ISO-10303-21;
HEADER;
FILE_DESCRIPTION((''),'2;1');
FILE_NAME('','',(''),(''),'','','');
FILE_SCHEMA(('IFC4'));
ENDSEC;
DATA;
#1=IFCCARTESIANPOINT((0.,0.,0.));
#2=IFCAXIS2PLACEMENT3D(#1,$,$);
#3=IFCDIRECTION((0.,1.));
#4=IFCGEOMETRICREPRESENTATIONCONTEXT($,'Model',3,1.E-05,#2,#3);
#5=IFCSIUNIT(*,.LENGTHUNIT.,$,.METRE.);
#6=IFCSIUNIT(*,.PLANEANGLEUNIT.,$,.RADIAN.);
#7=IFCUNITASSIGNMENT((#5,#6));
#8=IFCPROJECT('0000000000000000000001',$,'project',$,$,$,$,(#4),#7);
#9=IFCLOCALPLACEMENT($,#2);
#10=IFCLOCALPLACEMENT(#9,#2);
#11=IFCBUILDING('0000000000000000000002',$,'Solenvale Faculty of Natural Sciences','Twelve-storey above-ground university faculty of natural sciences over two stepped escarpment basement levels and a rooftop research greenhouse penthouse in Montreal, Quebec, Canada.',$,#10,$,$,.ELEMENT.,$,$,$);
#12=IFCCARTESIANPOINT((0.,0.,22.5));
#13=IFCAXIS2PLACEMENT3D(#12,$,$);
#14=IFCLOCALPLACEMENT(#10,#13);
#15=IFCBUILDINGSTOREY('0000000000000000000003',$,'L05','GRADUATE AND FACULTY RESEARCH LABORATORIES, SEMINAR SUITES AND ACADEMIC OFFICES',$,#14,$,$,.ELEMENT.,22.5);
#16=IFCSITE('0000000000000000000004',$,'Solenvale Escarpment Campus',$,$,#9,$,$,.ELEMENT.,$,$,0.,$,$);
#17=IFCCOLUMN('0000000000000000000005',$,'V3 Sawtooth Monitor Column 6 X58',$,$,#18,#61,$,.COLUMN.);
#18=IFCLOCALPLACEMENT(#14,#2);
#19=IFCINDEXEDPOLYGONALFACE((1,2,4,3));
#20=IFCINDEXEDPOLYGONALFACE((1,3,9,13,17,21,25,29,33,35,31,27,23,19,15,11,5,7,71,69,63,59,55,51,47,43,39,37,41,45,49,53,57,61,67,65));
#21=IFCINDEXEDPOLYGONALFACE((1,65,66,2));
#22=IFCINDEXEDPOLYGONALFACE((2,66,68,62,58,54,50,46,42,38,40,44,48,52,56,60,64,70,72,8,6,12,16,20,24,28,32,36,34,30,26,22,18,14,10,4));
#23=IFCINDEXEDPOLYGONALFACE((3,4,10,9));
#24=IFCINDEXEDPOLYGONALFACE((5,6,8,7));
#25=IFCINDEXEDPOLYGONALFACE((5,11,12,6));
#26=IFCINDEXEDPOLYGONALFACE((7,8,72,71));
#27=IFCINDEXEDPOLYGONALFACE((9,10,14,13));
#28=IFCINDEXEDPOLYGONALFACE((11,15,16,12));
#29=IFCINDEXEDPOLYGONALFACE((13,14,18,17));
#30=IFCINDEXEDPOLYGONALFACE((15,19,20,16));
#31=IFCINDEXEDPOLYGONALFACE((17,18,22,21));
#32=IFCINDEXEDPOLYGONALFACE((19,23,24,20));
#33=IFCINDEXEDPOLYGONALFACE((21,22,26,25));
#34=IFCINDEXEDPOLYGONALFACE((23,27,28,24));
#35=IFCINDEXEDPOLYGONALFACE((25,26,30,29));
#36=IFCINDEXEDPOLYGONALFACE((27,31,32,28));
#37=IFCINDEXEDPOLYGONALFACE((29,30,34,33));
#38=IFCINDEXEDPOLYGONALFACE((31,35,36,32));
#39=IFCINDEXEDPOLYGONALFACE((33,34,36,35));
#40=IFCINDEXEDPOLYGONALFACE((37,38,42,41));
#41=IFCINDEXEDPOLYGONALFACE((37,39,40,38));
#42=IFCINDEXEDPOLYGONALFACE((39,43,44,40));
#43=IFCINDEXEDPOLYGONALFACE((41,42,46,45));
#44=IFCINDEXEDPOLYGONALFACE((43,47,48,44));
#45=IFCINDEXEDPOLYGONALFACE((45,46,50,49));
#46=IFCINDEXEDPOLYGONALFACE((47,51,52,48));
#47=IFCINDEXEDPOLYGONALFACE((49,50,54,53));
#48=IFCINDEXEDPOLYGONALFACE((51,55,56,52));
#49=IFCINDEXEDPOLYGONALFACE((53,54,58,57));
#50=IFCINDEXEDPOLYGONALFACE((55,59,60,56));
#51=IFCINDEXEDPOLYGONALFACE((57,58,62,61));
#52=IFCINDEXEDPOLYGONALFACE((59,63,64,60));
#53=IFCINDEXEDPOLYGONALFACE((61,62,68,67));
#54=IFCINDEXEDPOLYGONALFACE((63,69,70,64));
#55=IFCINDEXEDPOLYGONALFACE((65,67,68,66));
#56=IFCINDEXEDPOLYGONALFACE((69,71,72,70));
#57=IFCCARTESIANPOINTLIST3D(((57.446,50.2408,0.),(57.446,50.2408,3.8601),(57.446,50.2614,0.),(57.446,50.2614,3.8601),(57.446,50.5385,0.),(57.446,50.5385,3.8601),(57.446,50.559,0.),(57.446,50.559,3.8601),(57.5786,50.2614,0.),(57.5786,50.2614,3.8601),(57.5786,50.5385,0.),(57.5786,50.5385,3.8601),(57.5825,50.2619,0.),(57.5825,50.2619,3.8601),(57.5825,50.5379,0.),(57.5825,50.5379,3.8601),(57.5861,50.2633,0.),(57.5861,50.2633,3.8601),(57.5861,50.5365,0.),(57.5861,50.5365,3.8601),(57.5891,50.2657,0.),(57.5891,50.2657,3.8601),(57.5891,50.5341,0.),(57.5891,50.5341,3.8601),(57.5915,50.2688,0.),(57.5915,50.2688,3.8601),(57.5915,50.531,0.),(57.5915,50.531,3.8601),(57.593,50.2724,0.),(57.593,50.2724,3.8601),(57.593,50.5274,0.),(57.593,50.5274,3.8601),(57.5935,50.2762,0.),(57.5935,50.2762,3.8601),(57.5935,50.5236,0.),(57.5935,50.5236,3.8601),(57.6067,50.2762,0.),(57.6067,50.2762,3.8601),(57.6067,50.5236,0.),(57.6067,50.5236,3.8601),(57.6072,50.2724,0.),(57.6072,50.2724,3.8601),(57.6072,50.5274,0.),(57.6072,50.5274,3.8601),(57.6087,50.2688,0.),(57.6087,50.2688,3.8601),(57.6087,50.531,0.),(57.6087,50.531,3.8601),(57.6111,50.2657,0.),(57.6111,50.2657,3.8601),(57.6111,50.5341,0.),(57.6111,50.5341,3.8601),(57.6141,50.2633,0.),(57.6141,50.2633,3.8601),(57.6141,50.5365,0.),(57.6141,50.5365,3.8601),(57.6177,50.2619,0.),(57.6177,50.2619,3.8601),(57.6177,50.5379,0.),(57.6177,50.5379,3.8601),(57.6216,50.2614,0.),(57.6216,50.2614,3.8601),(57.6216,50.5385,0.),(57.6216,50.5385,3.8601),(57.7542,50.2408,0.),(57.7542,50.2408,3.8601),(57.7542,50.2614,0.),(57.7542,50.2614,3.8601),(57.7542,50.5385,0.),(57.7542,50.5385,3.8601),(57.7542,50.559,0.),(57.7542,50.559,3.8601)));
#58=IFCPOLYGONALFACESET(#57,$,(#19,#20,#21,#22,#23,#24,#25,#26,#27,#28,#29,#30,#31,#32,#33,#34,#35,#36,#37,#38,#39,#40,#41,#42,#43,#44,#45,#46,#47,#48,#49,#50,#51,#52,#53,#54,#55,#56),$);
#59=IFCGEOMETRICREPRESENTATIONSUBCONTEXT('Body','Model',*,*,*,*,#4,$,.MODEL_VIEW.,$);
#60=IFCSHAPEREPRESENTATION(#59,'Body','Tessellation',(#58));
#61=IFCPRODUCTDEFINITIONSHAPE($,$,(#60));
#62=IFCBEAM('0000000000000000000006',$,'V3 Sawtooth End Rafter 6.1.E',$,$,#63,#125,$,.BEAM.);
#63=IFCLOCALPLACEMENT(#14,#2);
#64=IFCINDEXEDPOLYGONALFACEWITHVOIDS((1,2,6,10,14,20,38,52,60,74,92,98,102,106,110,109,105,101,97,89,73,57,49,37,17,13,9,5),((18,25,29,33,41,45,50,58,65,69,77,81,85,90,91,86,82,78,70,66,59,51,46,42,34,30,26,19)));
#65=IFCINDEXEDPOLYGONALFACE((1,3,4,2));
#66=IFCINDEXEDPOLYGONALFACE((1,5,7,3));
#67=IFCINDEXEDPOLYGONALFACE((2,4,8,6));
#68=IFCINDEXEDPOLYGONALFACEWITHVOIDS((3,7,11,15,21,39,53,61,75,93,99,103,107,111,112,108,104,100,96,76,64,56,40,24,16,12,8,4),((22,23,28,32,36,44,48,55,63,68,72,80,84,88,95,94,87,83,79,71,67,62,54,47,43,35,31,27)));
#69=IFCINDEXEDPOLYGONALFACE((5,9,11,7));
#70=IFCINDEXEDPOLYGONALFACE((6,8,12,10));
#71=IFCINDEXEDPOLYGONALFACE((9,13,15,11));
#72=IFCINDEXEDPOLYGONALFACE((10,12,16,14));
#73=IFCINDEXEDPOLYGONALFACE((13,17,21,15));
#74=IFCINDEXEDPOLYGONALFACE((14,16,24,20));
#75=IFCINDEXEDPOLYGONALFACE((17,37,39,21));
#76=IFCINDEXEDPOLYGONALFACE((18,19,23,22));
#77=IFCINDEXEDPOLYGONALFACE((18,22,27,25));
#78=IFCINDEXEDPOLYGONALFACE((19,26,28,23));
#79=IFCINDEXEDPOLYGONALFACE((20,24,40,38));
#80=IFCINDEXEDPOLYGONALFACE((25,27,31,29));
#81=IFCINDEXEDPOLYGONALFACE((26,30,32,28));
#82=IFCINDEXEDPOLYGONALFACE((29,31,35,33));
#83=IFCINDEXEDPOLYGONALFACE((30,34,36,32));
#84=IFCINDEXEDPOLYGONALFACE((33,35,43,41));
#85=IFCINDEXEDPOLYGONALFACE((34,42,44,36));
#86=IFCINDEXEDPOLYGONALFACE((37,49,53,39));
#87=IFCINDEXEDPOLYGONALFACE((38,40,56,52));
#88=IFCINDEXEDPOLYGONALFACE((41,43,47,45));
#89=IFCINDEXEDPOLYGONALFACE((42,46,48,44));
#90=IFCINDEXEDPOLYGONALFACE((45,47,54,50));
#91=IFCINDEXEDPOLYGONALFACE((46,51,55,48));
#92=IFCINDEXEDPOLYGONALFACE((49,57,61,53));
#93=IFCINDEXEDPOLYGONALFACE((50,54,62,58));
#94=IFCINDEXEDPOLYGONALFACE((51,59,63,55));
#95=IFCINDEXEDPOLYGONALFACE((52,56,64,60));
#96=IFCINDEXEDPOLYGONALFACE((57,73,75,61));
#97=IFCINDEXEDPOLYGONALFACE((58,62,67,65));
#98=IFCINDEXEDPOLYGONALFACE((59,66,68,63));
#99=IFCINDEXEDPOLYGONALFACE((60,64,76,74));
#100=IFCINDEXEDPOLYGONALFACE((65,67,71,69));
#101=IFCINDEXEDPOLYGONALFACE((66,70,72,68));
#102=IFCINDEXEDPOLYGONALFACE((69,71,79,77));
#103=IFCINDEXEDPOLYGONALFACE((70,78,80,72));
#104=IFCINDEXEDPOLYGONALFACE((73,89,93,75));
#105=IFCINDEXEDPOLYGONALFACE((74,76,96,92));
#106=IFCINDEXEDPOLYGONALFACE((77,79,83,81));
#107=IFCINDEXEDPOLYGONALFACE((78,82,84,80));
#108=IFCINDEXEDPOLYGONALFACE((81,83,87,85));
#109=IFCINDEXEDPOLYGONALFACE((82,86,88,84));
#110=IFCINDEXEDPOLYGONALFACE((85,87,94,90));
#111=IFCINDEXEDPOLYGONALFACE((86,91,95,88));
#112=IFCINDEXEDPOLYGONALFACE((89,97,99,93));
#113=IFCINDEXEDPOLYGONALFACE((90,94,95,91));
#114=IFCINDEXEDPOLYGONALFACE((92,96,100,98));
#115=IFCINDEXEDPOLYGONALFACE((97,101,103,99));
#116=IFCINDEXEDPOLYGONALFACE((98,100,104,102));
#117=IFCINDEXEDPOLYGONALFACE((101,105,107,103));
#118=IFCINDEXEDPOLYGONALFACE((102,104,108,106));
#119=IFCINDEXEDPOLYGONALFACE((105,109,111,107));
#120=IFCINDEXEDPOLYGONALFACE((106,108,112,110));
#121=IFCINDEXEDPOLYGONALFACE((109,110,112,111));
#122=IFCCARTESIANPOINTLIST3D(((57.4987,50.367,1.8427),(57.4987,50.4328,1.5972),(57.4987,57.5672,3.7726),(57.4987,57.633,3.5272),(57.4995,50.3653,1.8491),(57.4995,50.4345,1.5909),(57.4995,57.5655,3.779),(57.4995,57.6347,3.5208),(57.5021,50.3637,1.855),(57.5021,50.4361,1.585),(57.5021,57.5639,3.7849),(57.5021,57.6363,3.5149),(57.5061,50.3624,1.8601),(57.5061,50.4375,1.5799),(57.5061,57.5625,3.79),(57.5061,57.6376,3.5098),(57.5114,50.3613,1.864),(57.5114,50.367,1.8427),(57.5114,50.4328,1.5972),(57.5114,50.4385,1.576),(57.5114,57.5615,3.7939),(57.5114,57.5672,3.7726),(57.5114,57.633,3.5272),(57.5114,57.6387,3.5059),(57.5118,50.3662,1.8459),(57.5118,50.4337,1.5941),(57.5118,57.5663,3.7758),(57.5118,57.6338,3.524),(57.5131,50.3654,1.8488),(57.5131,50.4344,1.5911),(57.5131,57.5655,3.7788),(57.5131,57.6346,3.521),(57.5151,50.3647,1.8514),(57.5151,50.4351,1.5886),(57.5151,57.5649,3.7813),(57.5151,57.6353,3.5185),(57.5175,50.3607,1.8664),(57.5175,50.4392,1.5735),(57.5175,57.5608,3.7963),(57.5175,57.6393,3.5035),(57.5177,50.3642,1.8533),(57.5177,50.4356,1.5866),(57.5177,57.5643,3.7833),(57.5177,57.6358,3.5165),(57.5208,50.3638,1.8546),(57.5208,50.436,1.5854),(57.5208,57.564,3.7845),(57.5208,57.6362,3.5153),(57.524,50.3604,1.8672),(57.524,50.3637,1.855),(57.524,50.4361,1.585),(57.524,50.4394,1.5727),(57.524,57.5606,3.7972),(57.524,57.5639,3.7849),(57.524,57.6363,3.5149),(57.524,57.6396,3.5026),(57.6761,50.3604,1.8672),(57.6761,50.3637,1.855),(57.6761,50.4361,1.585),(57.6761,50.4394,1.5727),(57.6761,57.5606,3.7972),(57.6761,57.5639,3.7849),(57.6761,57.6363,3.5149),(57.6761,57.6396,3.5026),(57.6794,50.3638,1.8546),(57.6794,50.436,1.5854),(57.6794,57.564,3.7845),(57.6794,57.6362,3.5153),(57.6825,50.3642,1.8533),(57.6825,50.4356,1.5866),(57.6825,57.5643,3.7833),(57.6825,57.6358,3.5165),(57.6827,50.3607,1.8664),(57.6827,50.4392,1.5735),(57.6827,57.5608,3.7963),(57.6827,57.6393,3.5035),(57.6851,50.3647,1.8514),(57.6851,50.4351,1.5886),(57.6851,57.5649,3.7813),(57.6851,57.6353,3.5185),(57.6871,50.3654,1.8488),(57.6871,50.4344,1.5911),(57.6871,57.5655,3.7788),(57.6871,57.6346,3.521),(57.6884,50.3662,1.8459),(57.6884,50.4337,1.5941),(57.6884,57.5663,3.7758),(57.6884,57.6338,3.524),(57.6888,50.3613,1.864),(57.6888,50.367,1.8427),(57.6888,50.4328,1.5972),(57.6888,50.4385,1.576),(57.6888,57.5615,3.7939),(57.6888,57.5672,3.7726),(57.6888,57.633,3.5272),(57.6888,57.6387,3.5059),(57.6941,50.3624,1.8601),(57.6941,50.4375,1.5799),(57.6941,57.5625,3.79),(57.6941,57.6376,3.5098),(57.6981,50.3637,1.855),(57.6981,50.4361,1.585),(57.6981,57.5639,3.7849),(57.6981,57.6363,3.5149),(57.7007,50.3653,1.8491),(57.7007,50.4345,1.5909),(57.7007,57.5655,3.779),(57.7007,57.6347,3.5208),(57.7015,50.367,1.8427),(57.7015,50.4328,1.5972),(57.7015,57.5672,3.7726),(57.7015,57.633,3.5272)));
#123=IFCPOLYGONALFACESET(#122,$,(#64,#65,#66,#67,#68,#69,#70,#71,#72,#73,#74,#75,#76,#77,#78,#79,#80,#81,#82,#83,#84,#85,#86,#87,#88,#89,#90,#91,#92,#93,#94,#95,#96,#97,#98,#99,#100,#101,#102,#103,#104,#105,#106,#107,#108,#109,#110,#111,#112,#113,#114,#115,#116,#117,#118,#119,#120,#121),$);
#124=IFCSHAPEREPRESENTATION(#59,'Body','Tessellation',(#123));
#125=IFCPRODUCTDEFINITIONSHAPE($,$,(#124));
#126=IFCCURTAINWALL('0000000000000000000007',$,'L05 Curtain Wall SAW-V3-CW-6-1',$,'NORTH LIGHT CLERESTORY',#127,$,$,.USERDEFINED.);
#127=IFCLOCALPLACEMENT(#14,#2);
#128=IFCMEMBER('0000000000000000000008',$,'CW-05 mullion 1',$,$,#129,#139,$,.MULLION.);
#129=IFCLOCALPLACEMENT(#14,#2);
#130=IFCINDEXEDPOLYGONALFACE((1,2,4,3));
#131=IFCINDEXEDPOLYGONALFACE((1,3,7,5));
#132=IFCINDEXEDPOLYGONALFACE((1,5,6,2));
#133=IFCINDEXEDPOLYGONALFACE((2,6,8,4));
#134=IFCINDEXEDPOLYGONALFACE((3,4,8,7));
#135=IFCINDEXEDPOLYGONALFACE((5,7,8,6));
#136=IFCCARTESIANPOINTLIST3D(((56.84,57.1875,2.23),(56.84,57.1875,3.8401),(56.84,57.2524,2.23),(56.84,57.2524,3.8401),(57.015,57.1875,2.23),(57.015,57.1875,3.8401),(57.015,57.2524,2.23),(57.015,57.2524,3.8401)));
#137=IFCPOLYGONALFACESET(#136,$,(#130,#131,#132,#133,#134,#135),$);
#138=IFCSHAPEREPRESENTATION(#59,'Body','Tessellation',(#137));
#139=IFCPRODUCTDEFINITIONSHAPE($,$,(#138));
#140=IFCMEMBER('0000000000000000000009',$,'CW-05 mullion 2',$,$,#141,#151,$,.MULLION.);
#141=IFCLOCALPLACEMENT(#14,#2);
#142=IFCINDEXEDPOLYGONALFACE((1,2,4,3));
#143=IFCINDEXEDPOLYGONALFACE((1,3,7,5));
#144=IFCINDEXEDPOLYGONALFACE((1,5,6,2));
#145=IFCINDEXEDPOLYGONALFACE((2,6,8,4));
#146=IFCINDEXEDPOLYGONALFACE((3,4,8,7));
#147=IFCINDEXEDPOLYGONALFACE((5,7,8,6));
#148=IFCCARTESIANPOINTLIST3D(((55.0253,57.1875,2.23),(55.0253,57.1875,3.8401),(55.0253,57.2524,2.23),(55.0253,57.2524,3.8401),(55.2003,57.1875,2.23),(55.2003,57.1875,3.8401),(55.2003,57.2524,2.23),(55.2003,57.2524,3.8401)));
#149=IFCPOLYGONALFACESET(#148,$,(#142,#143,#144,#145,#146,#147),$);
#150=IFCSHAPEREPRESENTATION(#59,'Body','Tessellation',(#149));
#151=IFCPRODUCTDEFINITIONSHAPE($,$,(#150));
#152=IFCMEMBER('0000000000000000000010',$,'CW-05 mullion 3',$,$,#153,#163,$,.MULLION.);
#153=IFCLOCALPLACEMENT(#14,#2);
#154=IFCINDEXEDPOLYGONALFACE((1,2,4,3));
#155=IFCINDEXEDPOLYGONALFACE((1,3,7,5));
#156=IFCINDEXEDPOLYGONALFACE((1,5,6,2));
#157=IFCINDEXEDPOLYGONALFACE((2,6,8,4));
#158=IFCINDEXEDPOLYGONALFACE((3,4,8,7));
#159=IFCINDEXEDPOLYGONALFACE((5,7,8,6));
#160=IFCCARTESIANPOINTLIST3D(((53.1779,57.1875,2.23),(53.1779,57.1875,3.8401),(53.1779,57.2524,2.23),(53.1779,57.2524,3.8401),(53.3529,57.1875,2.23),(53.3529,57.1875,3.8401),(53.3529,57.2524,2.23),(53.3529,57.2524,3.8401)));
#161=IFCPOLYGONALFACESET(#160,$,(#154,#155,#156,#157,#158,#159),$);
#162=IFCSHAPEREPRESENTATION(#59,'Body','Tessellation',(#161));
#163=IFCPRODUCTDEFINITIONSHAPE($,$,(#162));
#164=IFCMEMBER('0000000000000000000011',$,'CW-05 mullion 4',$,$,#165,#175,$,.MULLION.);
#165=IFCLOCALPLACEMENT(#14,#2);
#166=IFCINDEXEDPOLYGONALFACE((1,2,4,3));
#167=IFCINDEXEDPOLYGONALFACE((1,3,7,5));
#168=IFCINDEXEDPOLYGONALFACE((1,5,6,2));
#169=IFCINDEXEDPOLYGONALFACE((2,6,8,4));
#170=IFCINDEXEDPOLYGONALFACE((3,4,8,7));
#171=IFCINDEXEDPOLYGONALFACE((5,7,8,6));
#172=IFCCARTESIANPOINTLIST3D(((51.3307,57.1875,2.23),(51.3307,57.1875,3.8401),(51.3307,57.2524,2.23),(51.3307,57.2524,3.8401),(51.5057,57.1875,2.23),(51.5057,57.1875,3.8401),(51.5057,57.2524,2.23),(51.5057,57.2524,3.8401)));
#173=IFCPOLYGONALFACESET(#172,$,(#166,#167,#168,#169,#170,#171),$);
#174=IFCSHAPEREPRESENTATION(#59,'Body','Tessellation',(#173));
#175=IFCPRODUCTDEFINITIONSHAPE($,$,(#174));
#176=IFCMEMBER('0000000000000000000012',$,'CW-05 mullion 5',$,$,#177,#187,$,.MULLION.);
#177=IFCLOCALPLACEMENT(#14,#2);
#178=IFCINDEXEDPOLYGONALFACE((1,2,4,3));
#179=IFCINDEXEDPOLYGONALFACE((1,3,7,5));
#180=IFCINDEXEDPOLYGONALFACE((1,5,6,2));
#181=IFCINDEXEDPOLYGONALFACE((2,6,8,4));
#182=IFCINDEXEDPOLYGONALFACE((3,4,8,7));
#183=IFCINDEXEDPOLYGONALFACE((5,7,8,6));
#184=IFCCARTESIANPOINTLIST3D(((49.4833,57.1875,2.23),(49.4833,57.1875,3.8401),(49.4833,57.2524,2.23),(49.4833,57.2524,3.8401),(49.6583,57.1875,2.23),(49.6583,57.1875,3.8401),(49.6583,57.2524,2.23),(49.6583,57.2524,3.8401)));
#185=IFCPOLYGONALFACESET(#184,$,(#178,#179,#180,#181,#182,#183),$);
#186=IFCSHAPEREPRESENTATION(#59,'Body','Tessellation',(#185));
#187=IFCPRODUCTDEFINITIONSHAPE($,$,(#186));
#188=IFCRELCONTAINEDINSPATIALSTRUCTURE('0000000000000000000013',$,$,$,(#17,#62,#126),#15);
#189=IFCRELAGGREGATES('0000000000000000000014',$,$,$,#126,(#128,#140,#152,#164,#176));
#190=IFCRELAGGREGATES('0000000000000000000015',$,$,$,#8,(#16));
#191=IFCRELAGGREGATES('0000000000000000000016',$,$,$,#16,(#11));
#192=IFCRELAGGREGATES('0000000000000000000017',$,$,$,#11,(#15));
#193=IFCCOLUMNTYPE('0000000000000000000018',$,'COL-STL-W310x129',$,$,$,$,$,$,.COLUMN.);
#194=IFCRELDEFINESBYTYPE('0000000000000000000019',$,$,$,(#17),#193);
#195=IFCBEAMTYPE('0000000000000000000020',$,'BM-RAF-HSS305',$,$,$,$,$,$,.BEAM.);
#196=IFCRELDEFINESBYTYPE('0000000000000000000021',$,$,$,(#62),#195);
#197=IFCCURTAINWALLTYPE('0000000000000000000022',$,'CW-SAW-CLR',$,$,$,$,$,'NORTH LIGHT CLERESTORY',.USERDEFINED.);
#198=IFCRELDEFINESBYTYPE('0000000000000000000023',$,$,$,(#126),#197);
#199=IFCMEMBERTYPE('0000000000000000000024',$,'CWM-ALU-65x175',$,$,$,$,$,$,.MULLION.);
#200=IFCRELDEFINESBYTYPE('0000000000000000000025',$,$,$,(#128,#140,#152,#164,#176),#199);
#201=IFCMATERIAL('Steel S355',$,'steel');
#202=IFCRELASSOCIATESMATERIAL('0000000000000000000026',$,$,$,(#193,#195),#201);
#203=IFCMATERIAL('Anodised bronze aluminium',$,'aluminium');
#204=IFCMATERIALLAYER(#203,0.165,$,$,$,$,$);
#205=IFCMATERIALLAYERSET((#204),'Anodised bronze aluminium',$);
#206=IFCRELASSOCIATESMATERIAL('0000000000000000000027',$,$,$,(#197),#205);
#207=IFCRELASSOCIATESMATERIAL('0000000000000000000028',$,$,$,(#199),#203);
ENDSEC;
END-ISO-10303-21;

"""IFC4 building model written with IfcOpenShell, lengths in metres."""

from ifc_helpers import new_model, si_unit, direction, frame, origin, origin_2d, place, context, subcontext, project, spatial, rectangle, hollow_rectangle, i_section, extrude, material, layer, layer_set, material_profile, profile_set, type_object, element, aggregate, save


model = new_model("IFC4")

# Units and contexts
model_context = context("Model", 3, precision=1e-05, world=origin(), true_north=direction((0.0, 1.0)))
body_context = subcontext(model_context, "Body", "Model", "MODEL_VIEW")
ifc_project = project(units=[si_unit("LENGTHUNIT", "METRE"), si_unit("PLANEANGLEUNIT", "RADIAN")], contexts=[model_context])

# Site, building, storey
site_placement = place(None, origin())
site = spatial("IfcSite", under=ifc_project, at=site_placement, Name="Solenvale Escarpment Campus", CompositionType="ELEMENT", RefElevation=0.0)
building_placement = place(site_placement, origin())
building = spatial("IfcBuilding", under=site, at=building_placement, Name="Solenvale Faculty of Natural Sciences", Description="Twelve-storey above-ground university faculty of natural sciences over two stepped escarpment basement levels and a rooftop research greenhouse penthouse in Montreal, Quebec, Canada.", CompositionType="ELEMENT")
storey_placement = place(building_placement, frame((0.0, 0.0, 22.5)))
storey = spatial("IfcBuildingStorey", under=building, at=storey_placement, Name="L05", Description="GRADUATE AND FACULTY RESEARCH LABORATORIES, SEMINAR SUITES AND ACADEMIC OFFICES", CompositionType="ELEMENT", Elevation=22.5)

# Column
ifc_material_1 = material(Name="Steel S355", Category="steel")
ifc_material_profile_1 = material_profile(ifc_material_1, i_section(OverallWidth=0.3081, OverallDepth=0.3181, WebThickness=0.0132, FlangeThickness=0.0205, FilletRadius=0.0149, at=origin_2d()), Name="W310x129")
ifc_profile_set_1 = profile_set([ifc_material_profile_1], Name="Steel S355")
column_type = type_object("IfcColumnType", Name="COL-STL-W310x129", PredefinedType="COLUMN", material=ifc_profile_set_1)
column_placement = place(storey_placement, frame((57.6001, 50.3999, 0.0), z_axis=(0.0, 0.0, 1.0), x_axis=(1.0, 0.0, 0.0)))
element("IfcColumn", 1, at=column_placement, inside=storey, type_object=column_type, Name="V3 Sawtooth Monitor Column 6 X58", PredefinedType="COLUMN", context=body_context, shape_type="SweptSolid", body=[
    extrude(i_section(OverallWidth=0.3081, OverallDepth=0.3181, WebThickness=0.0132, FlangeThickness=0.0205, FilletRadius=0.0149, at=origin_2d()), origin(), (0.0, 0.0, 1.0), 3.8601),
])

# Beam
ifc_material_profile_2 = material_profile(ifc_material_1, hollow_rectangle(XDim=0.2029, YDim=0.3049, WallThickness=0.0127, InnerFilletRadius=0.0127, OuterFilletRadius=0.0254, at=origin_2d()), Name="HSS305x203x13")
ifc_profile_set_2 = profile_set([ifc_material_profile_2], Name="Steel S355")
beam_type = type_object("IfcBeamType", Name="BM-RAF-HSS305", PredefinedType="BEAM", material=ifc_profile_set_2)
beam_placement = place(storey_placement, frame((57.6001, 50.3999, 1.72), z_axis=(0.0, 0.965904, 0.2589), x_axis=(-1.0, 0.0, 0.0)))
element("IfcBeam", 2, at=beam_placement, inside=storey, type_object=beam_type, Name="V3 Sawtooth End Rafter 6.1.E", PredefinedType="BEAM", context=body_context, shape_type="SweptSolid", body=[
    extrude(hollow_rectangle(XDim=0.2029, YDim=0.3049, WallThickness=0.0127, InnerFilletRadius=0.0127, OuterFilletRadius=0.0254, at=origin_2d()), origin(), (0.0, 0.0, 1.0), 7.4543),
])

# Curtain wall, members
ifc_material_2 = material(Name="Anodised bronze aluminium", Category="aluminium")
ifc_layer_1 = layer(ifc_material_2, 0.165)
ifc_layer_set_1 = layer_set([ifc_layer_1], Name="Anodised bronze aluminium")
curtain_wall_type = type_object("IfcCurtainWallType", Name="CW-SAW-CLR", ElementType="NORTH LIGHT CLERESTORY", PredefinedType="USERDEFINED", material=ifc_layer_set_1)
curtain_wall_placement = place(storey_placement, origin())
curtain_wall = element("IfcCurtainWall", 3, at=curtain_wall_placement, inside=storey, type_object=curtain_wall_type, Name="L05 Curtain Wall SAW-V3-CW-6-1", ObjectType="NORTH LIGHT CLERESTORY", PredefinedType="USERDEFINED")
ifc_material_profile_3 = material_profile(ifc_material_2, rectangle(XDim=0.0649, YDim=0.175, at=origin_2d()), Name="ALU-MUL-65x175")
ifc_profile_set_3 = profile_set([ifc_material_profile_3], Name="Anodised bronze aluminium")
member_type_1 = type_object("IfcMemberType", Name="CWM-ALU-65x175", PredefinedType="MULLION", material=ifc_profile_set_3)
member_1_placement = place(storey_placement, frame((56.9275, 57.22, 2.23), z_axis=(0.0, 0.0, 1.0), x_axis=(0.0, -1.0, 0.0)))
member_1 = element("IfcMember", 4, at=member_1_placement, type_object=member_type_1, Name="CW-05 mullion 1", PredefinedType="MULLION", context=body_context, shape_type="SweptSolid", body=[
    extrude(rectangle(XDim=0.0649, YDim=0.175, at=origin_2d()), origin(), (0.0, 0.0, 1.0), 1.6101),
])
member_2_placement = place(storey_placement, frame((55.1128, 57.22, 2.23), z_axis=(0.0, 0.0, 1.0), x_axis=(0.0, -1.0, 0.0)))
member_2 = element("IfcMember", 5, at=member_2_placement, type_object=member_type_1, Name="CW-05 mullion 2", PredefinedType="MULLION", context=body_context, shape_type="SweptSolid", body=[
    extrude(rectangle(XDim=0.0649, YDim=0.175, at=origin_2d()), origin(), (0.0, 0.0, 1.0), 1.6101),
])
member_3_placement = place(storey_placement, frame((53.2654, 57.22, 2.23), z_axis=(0.0, 0.0, 1.0), x_axis=(0.0, -1.0, 0.0)))
member_3 = element("IfcMember", 6, at=member_3_placement, type_object=member_type_1, Name="CW-05 mullion 3", PredefinedType="MULLION", context=body_context, shape_type="SweptSolid", body=[
    extrude(rectangle(XDim=0.0649, YDim=0.175, at=origin_2d()), origin(), (0.0, 0.0, 1.0), 1.6101),
])
member_4_placement = place(storey_placement, frame((51.4182, 57.22, 2.23), z_axis=(0.0, 0.0, 1.0), x_axis=(0.0, -1.0, 0.0)))
member_4 = element("IfcMember", 7, at=member_4_placement, type_object=member_type_1, Name="CW-05 mullion 4", PredefinedType="MULLION", context=body_context, shape_type="SweptSolid", body=[
    extrude(rectangle(XDim=0.0649, YDim=0.175, at=origin_2d()), origin(), (0.0, 0.0, 1.0), 1.6101),
])
member_5_placement = place(storey_placement, frame((49.5708, 57.22, 2.23), z_axis=(0.0, 0.0, 1.0), x_axis=(0.0, -1.0, 0.0)))
member_5 = element("IfcMember", 8, at=member_5_placement, type_object=member_type_1, Name="CW-05 mullion 5", PredefinedType="MULLION", context=body_context, shape_type="SweptSolid", body=[
    extrude(rectangle(XDim=0.0649, YDim=0.175, at=origin_2d()), origin(), (0.0, 0.0, 1.0), 1.6101),
])

aggregate(curtain_wall, [member_1, member_2, member_3, member_4, member_5])

save(model, "model.ifc")
